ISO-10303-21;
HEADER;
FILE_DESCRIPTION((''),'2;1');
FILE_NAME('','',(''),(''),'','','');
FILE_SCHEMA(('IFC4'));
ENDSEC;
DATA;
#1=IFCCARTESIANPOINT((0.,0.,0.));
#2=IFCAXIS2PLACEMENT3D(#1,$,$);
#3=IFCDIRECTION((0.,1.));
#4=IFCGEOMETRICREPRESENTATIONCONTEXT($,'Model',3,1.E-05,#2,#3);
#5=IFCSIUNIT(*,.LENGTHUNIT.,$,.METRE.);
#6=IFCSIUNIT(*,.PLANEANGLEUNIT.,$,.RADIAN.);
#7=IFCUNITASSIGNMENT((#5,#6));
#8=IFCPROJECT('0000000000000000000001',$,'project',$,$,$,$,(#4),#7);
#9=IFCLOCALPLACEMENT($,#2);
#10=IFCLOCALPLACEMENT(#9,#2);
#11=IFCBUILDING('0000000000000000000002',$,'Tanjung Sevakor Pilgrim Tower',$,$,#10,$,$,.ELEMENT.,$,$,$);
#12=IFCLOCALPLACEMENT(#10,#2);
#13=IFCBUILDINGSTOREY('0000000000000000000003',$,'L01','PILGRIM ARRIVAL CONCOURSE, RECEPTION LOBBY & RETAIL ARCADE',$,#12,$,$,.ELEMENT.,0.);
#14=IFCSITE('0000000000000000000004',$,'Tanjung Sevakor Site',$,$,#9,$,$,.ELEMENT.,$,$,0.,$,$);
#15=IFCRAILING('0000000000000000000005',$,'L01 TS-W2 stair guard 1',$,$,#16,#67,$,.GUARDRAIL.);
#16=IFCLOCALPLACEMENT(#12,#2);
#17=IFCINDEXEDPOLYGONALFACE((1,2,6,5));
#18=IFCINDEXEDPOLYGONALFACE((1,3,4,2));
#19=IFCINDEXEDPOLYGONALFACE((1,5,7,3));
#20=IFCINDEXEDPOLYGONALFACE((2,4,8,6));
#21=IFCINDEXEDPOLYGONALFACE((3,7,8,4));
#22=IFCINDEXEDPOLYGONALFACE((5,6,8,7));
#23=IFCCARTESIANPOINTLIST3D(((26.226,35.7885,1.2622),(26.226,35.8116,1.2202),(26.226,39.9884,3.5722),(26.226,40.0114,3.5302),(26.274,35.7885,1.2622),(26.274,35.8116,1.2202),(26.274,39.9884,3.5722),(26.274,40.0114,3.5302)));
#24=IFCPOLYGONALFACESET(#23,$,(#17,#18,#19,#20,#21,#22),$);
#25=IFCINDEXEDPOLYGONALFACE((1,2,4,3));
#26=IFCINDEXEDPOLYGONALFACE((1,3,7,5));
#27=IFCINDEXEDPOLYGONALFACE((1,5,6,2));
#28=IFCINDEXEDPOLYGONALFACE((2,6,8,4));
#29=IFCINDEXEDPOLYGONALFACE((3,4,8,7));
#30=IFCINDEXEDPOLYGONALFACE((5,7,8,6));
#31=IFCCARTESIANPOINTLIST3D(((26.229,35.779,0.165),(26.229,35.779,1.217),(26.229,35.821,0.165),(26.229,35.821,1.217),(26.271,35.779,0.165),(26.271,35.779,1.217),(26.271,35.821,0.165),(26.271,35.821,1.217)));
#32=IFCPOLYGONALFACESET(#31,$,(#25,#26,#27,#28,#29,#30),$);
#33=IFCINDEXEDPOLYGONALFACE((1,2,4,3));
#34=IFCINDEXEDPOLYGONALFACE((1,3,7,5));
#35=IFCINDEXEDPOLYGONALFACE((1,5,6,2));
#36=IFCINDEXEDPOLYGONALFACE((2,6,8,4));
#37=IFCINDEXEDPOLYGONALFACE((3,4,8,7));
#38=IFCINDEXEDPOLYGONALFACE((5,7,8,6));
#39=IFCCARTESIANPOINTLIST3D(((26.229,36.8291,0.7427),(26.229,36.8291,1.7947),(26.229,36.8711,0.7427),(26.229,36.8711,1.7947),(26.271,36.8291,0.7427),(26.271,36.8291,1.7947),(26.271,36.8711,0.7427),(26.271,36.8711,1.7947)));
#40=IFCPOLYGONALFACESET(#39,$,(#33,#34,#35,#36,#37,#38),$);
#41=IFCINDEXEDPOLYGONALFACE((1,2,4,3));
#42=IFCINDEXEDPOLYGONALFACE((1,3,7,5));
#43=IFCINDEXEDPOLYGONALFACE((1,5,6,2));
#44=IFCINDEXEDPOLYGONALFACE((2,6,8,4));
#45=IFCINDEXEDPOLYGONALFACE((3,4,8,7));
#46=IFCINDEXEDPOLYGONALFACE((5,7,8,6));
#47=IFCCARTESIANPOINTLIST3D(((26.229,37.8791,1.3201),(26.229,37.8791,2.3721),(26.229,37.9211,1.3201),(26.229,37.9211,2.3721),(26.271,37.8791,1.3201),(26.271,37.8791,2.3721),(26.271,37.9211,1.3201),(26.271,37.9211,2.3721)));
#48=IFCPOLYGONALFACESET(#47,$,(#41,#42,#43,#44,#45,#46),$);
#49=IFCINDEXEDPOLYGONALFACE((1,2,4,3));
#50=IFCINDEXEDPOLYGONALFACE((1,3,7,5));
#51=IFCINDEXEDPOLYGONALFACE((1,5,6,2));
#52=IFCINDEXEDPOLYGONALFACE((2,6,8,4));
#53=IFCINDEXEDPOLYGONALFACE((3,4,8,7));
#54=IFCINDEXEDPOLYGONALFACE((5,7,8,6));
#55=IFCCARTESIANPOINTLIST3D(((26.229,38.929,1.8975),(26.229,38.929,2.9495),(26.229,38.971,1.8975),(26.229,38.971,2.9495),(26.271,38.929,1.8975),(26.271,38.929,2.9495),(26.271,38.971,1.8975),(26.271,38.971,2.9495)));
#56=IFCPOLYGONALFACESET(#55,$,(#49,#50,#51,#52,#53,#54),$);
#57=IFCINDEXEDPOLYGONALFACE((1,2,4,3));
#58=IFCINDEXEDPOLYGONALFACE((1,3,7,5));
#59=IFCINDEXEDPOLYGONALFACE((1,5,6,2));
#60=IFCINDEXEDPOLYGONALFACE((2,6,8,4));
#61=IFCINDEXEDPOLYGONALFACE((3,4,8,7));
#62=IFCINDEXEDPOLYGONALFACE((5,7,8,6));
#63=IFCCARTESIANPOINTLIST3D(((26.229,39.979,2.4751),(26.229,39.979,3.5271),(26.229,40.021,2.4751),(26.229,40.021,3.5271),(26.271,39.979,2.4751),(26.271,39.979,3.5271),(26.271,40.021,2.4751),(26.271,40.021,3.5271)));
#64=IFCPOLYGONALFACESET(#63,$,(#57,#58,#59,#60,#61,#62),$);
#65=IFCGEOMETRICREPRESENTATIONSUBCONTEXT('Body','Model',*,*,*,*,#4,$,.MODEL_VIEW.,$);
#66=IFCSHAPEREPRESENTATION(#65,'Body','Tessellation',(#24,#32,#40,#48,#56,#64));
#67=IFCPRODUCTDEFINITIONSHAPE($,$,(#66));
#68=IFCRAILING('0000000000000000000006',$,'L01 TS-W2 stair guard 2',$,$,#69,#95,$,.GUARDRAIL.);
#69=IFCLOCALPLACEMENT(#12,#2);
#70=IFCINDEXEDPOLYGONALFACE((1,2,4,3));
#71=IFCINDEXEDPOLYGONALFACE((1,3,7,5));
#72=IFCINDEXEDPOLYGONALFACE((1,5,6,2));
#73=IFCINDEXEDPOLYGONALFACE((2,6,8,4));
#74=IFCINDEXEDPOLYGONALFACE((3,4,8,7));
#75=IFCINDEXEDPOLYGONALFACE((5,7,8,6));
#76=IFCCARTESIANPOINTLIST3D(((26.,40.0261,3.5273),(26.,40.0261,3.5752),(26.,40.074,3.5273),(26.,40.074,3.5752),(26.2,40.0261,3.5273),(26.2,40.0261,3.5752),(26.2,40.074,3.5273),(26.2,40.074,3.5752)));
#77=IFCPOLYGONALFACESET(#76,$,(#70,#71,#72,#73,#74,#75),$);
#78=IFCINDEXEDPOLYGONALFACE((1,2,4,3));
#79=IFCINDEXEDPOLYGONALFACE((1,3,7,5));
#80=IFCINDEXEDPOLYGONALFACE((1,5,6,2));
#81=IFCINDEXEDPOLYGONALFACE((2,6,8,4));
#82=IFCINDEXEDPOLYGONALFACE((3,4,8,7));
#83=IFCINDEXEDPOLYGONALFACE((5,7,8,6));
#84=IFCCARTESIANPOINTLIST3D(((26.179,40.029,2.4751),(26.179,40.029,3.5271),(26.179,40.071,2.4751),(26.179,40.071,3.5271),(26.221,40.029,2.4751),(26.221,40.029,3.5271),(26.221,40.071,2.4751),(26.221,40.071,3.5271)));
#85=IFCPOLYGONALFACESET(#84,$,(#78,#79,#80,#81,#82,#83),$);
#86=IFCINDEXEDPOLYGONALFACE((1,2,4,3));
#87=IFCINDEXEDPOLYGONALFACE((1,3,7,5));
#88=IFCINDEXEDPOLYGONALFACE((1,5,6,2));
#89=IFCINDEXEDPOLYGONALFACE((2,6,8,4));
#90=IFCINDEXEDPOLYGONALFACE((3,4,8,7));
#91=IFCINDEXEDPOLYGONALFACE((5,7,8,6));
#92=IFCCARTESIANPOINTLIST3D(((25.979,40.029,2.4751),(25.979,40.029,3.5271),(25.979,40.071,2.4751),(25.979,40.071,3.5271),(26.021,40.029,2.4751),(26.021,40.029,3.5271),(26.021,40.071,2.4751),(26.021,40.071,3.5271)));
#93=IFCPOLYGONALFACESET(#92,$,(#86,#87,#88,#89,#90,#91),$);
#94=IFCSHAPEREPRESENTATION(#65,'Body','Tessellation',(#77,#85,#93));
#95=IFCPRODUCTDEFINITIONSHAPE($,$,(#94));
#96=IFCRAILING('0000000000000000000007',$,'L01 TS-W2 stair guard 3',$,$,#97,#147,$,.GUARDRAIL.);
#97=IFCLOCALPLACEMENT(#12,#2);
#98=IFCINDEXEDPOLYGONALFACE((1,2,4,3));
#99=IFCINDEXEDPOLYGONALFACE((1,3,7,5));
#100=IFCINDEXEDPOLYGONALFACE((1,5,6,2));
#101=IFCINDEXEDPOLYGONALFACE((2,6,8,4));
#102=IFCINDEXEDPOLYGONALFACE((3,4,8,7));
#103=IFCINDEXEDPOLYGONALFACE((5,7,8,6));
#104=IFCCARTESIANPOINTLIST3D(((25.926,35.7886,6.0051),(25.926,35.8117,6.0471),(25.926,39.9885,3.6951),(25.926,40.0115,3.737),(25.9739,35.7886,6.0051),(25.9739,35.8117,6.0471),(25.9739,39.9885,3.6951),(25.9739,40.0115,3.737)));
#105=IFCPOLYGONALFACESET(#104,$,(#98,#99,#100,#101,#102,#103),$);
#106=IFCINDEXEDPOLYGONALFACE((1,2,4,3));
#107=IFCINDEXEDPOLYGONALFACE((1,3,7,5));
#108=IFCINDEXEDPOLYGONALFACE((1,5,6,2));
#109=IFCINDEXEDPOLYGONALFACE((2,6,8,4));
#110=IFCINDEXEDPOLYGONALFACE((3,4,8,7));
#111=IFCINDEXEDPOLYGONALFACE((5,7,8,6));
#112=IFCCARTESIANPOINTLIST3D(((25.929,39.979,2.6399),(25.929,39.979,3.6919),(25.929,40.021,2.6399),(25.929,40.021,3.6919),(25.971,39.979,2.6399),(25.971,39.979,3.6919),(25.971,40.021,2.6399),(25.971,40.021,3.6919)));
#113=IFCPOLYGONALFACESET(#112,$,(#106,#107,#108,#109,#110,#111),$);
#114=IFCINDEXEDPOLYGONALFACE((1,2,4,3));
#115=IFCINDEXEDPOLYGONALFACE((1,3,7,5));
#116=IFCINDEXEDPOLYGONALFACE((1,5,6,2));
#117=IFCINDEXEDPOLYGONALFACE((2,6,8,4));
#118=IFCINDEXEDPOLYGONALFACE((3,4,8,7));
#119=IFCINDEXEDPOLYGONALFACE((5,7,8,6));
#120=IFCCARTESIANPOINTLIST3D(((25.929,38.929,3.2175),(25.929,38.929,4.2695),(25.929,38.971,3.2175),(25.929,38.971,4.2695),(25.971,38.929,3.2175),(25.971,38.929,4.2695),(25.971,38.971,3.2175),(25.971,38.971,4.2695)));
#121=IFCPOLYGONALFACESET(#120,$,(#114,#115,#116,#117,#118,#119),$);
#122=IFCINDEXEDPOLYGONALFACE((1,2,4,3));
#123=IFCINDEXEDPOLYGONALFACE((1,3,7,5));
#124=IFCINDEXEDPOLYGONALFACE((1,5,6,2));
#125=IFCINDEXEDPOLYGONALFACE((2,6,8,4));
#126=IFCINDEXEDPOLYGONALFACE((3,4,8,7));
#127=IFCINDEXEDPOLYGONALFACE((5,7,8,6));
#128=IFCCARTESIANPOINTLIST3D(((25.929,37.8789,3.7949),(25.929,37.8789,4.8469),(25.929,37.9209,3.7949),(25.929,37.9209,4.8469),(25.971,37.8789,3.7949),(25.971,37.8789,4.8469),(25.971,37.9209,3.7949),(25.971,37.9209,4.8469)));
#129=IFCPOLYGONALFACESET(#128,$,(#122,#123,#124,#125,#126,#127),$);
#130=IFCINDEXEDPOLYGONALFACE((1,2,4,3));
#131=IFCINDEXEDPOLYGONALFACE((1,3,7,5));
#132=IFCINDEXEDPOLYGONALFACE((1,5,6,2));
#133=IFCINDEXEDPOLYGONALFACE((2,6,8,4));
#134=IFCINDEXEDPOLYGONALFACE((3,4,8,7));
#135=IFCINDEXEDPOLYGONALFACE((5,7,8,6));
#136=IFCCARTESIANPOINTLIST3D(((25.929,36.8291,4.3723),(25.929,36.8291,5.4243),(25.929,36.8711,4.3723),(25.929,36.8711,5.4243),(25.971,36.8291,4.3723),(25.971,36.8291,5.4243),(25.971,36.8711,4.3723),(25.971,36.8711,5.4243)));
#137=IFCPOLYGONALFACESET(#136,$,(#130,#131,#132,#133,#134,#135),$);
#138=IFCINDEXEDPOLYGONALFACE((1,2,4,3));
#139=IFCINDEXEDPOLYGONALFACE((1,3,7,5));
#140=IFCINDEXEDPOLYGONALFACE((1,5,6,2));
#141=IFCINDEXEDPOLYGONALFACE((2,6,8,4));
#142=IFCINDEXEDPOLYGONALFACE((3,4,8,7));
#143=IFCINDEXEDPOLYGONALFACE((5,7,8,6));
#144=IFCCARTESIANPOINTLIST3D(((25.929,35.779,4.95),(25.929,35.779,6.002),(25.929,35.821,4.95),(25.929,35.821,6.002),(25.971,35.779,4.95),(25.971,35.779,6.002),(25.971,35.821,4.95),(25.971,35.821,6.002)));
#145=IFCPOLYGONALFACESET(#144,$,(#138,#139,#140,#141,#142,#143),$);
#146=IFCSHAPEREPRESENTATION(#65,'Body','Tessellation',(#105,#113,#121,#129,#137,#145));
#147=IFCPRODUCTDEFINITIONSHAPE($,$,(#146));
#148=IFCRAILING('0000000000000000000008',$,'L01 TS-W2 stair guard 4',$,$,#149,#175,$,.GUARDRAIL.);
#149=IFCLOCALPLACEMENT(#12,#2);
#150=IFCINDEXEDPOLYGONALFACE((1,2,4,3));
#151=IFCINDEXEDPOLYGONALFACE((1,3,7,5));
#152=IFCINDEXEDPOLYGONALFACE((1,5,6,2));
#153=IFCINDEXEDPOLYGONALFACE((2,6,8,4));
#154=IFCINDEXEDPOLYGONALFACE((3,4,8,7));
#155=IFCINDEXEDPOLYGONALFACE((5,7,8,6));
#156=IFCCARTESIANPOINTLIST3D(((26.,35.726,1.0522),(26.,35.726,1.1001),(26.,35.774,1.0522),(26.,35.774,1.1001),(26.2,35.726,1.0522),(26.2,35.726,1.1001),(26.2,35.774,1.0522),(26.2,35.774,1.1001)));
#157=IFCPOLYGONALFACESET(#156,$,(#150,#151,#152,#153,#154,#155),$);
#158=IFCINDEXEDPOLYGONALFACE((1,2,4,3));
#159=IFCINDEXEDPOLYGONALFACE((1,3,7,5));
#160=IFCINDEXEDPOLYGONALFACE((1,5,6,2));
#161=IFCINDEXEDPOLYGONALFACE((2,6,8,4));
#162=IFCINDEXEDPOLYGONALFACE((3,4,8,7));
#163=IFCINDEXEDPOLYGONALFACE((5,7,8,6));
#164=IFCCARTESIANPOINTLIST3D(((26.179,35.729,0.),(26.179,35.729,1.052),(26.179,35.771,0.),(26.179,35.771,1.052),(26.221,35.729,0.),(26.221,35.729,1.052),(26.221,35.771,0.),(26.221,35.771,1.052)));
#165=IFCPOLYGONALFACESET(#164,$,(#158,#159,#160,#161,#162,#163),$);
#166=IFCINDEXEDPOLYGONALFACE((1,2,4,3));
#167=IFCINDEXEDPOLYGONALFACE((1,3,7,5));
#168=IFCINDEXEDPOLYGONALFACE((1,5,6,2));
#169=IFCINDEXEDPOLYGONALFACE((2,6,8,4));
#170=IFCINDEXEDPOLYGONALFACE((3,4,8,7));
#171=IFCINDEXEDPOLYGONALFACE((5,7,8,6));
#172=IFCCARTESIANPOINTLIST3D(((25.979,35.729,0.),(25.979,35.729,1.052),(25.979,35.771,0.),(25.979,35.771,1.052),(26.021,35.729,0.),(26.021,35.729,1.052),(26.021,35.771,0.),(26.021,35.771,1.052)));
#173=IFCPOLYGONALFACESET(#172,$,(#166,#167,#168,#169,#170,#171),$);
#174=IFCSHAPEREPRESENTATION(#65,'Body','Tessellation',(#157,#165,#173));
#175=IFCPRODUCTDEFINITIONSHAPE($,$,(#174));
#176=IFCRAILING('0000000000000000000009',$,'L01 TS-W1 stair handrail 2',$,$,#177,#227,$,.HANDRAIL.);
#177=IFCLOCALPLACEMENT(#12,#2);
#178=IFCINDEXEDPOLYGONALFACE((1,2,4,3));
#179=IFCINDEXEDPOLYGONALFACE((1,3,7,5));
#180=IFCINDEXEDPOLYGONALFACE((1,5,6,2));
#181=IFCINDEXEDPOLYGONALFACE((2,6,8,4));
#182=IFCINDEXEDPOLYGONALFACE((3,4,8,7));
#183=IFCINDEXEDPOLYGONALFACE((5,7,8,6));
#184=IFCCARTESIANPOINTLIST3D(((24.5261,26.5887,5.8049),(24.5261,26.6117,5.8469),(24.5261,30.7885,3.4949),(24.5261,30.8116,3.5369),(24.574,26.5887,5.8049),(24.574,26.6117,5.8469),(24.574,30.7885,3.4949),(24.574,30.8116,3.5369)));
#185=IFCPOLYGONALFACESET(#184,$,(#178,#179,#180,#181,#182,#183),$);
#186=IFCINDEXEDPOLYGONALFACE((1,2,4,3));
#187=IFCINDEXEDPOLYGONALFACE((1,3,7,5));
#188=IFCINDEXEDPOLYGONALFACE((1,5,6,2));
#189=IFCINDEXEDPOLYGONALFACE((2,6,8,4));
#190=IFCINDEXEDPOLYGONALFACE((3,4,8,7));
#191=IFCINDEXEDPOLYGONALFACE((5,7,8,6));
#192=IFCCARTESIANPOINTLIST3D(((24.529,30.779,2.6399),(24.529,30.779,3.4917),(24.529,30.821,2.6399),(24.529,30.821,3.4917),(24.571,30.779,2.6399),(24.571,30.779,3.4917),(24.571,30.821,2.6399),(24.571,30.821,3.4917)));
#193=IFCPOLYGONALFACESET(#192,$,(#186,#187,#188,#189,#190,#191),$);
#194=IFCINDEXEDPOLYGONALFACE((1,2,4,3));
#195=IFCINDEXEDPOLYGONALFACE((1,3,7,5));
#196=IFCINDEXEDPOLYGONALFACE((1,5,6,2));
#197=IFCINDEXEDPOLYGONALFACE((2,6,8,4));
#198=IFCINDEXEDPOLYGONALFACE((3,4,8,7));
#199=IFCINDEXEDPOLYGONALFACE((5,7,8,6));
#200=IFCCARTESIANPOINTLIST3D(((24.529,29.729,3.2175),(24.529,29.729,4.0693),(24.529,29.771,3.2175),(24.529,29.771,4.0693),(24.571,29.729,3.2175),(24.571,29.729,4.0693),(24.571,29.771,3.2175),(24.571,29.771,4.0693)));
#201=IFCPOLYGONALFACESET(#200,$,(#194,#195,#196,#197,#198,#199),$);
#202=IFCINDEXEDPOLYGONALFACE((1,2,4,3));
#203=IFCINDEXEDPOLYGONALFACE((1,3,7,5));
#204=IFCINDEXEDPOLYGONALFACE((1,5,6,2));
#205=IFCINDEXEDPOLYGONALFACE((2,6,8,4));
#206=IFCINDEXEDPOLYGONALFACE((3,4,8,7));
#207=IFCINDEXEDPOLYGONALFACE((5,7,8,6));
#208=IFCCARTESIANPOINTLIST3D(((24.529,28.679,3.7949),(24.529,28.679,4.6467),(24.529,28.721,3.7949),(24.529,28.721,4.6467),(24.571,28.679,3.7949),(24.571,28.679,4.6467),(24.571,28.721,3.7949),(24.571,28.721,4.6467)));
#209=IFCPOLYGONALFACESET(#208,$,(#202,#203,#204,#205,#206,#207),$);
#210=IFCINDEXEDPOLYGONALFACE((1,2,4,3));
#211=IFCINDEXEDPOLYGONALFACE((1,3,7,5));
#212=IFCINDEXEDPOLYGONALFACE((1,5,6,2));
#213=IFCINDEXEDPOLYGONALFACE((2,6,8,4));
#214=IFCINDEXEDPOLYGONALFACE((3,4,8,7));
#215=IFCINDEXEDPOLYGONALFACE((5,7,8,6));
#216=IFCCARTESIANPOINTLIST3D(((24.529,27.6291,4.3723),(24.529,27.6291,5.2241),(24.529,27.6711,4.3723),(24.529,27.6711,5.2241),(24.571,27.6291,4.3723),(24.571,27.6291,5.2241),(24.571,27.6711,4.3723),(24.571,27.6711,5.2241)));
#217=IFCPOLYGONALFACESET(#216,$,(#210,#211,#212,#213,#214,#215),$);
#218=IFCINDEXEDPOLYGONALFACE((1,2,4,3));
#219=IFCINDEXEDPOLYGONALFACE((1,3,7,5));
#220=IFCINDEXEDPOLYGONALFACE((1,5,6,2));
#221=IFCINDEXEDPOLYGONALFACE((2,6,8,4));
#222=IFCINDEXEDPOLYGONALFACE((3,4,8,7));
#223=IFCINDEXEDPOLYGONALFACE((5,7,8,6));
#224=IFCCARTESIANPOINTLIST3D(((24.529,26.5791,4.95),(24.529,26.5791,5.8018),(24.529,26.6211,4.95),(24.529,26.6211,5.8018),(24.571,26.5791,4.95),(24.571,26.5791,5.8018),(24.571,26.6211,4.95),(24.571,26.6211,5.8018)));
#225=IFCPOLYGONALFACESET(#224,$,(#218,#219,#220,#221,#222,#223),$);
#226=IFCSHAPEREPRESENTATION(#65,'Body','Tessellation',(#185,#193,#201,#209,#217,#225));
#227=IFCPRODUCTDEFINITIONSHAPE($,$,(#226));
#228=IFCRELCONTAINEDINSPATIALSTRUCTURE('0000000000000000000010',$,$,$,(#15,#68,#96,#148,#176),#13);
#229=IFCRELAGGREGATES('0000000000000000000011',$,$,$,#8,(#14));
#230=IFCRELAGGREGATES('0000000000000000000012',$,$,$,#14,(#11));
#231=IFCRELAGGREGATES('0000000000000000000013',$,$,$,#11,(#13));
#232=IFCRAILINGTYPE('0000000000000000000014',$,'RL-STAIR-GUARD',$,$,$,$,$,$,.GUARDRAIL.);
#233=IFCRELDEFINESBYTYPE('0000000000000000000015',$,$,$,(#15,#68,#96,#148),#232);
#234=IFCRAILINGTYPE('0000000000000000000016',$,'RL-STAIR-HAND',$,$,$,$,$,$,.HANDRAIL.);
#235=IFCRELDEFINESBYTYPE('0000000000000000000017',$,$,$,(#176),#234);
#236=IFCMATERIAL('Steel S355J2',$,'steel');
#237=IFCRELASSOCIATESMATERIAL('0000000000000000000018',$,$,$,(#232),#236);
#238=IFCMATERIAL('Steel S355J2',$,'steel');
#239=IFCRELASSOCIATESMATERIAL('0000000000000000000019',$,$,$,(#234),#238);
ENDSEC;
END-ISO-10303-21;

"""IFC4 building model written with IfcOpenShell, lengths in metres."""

from ifc_helpers import new_model, si_unit, direction, frame, origin, place, context, subcontext, project, spatial, rectangle, extrude, material, type_object, element, save


model = new_model("IFC4")

# Units and contexts
model_context = context("Model", 3, precision=1e-05, world=origin(), true_north=direction((0.0, 1.0)))
body_context = subcontext(model_context, "Body", "Model", "MODEL_VIEW")
ifc_project = project(units=[si_unit("LENGTHUNIT", "METRE"), si_unit("PLANEANGLEUNIT", "RADIAN")], contexts=[model_context])

# Site, building, storey
site_placement = place(None, origin())
site = spatial("IfcSite", under=ifc_project, at=site_placement, Name="Tanjung Sevakor Site", CompositionType="ELEMENT", RefElevation=0.0)
building_placement = place(site_placement, origin())
building = spatial("IfcBuilding", under=site, at=building_placement, Name="Tanjung Sevakor Pilgrim Tower", CompositionType="ELEMENT")
storey_placement = place(building_placement, origin())
storey = spatial("IfcBuildingStorey", under=building, at=storey_placement, Name="L01", Description="PILGRIM ARRIVAL CONCOURSE, RECEPTION LOBBY & RETAIL ARCADE", CompositionType="ELEMENT", Elevation=0.0)

# Railings
ifc_material_1 = material(Name="Steel S355J2", Category="steel")
railing_type_1 = type_object("IfcRailingType", Name="RL-STAIR-GUARD", PredefinedType="GUARDRAIL", material=ifc_material_1)
railing_1_placement = place(storey_placement, frame((26.25, 35.8, 0.165)))
element("IfcRailing", 1, at=railing_1_placement, inside=storey, type_object=railing_type_1, Name="L01 TS-W2 stair guard 1", PredefinedType="GUARDRAIL", context=body_context, shape_type="SweptSolid", body=[
    extrude(rectangle(XDim=0.0479, YDim=0.0479), frame((0.0, 0.0, 1.0762), z_axis=(0.0, 0.876208, 0.481932), x_axis=(-1.0, 0.0, 0.0)), (0.0, 0.0, 1.0), 4.7932),
    extrude(rectangle(XDim=0.042, YDim=0.042), origin(), (0.0, 0.0, 1.0), 1.052),
    extrude(rectangle(XDim=0.042, YDim=0.042), frame((0.0, 1.05, 0.5776)), (0.0, 0.0, 1.0), 1.052),
    extrude(rectangle(XDim=0.042, YDim=0.042), frame((0.0, 2.1001, 1.155)), (0.0, 0.0, 1.0), 1.052),
    extrude(rectangle(XDim=0.042, YDim=0.042), frame((0.0, 3.1499, 1.7324)), (0.0, 0.0, 1.0), 1.052),
    extrude(rectangle(XDim=0.042, YDim=0.042), frame((0.0, 4.2, 2.3101)), (0.0, 0.0, 1.0), 1.052),
])
railing_2_placement = place(storey_placement, frame((26.2, 40.05, 2.4751)))
element("IfcRailing", 2, at=railing_2_placement, inside=storey, type_object=railing_type_1, Name="L01 TS-W2 stair guard 2", PredefinedType="GUARDRAIL", context=body_context, shape_type="SweptSolid", body=[
    extrude(rectangle(XDim=0.0479, YDim=0.0479), frame((0.0, 0.0, 1.0762), z_axis=(-1.0, 0.0, 0.0), x_axis=(0.0, -1.0, 0.0)), (0.0, 0.0, 1.0), 0.2),
    extrude(rectangle(XDim=0.042, YDim=0.042), origin(), (0.0, 0.0, 1.0), 1.052),
    extrude(rectangle(XDim=0.042, YDim=0.042), frame((-0.2, 0.0, 0.0)), (0.0, 0.0, 1.0), 1.052),
])
railing_3_placement = place(storey_placement, frame((25.95, 40.0, 2.6399)))
element("IfcRailing", 3, at=railing_3_placement, inside=storey, type_object=railing_type_1, Name="L01 TS-W2 stair guard 3", PredefinedType="GUARDRAIL", context=body_context, shape_type="SweptSolid", body=[
    extrude(rectangle(XDim=0.0479, YDim=0.0479), frame((0.0, 0.0, 1.0762), z_axis=(0.0, -0.876208, 0.481932), x_axis=(1.0, 0.0, 0.0)), (0.0, 0.0, 1.0), 4.7932),
    extrude(rectangle(XDim=0.042, YDim=0.042), origin(), (0.0, 0.0, 1.0), 1.052),
    extrude(rectangle(XDim=0.042, YDim=0.042), frame((0.0, -1.05, 0.5776)), (0.0, 0.0, 1.0), 1.052),
    extrude(rectangle(XDim=0.042, YDim=0.042), frame((0.0, -2.1001, 1.155)), (0.0, 0.0, 1.0), 1.052),
    extrude(rectangle(XDim=0.042, YDim=0.042), frame((0.0, -3.1499, 1.7324)), (0.0, 0.0, 1.0), 1.052),
    extrude(rectangle(XDim=0.042, YDim=0.042), frame((0.0, -4.2, 2.3101)), (0.0, 0.0, 1.0), 1.052),
])
railing_4_placement = place(storey_placement, frame((26.2, 35.75, 0.0)))
element("IfcRailing", 4, at=railing_4_placement, inside=storey, type_object=railing_type_1, Name="L01 TS-W2 stair guard 4", PredefinedType="GUARDRAIL", context=body_context, shape_type="SweptSolid", body=[
    extrude(rectangle(XDim=0.0479, YDim=0.0479), frame((0.0, 0.0, 1.0762), z_axis=(-1.0, 0.0, 0.0), x_axis=(0.0, -1.0, 0.0)), (0.0, 0.0, 1.0), 0.2),
    extrude(rectangle(XDim=0.042, YDim=0.042), origin(), (0.0, 0.0, 1.0), 1.052),
    extrude(rectangle(XDim=0.042, YDim=0.042), frame((-0.2, 0.0, 0.0)), (0.0, 0.0, 1.0), 1.052),
])
ifc_material_2 = material(Name="Steel S355J2", Category="steel")
railing_type_2 = type_object("IfcRailingType", Name="RL-STAIR-HAND", PredefinedType="HANDRAIL", material=ifc_material_2)
for number, where, name in (
    (5, (24.55, 30.8, 2.6399), "L01 TS-W1 stair handrail 2"),
):
    element("IfcRailing", number, at=place(storey_placement, frame(where)), inside=storey, type_object=railing_type_2, Name=name, PredefinedType="HANDRAIL", context=body_context, shape_type="SweptSolid", body=[
        extrude(rectangle(XDim=0.0479, YDim=0.0479), frame((0.0, 0.0, 0.876), z_axis=(0.0, -0.876208, 0.481932), x_axis=(1.0, 0.0, 0.0)), (0.0, 0.0, 1.0), 4.7932),
        extrude(rectangle(XDim=0.042, YDim=0.042), origin(), (0.0, 0.0, 1.0), 0.8518),
        extrude(rectangle(XDim=0.042, YDim=0.042), frame((0.0, -1.05, 0.5776)), (0.0, 0.0, 1.0), 0.8518),
        extrude(rectangle(XDim=0.042, YDim=0.042), frame((0.0, -2.1001, 1.155)), (0.0, 0.0, 1.0), 0.8518),
        extrude(rectangle(XDim=0.042, YDim=0.042), frame((0.0, -3.1499, 1.7324)), (0.0, 0.0, 1.0), 0.8518),
        extrude(rectangle(XDim=0.042, YDim=0.042), frame((0.0, -4.2, 2.3101)), (0.0, 0.0, 1.0), 0.8518),
    ])

save(model, "model.ifc")
